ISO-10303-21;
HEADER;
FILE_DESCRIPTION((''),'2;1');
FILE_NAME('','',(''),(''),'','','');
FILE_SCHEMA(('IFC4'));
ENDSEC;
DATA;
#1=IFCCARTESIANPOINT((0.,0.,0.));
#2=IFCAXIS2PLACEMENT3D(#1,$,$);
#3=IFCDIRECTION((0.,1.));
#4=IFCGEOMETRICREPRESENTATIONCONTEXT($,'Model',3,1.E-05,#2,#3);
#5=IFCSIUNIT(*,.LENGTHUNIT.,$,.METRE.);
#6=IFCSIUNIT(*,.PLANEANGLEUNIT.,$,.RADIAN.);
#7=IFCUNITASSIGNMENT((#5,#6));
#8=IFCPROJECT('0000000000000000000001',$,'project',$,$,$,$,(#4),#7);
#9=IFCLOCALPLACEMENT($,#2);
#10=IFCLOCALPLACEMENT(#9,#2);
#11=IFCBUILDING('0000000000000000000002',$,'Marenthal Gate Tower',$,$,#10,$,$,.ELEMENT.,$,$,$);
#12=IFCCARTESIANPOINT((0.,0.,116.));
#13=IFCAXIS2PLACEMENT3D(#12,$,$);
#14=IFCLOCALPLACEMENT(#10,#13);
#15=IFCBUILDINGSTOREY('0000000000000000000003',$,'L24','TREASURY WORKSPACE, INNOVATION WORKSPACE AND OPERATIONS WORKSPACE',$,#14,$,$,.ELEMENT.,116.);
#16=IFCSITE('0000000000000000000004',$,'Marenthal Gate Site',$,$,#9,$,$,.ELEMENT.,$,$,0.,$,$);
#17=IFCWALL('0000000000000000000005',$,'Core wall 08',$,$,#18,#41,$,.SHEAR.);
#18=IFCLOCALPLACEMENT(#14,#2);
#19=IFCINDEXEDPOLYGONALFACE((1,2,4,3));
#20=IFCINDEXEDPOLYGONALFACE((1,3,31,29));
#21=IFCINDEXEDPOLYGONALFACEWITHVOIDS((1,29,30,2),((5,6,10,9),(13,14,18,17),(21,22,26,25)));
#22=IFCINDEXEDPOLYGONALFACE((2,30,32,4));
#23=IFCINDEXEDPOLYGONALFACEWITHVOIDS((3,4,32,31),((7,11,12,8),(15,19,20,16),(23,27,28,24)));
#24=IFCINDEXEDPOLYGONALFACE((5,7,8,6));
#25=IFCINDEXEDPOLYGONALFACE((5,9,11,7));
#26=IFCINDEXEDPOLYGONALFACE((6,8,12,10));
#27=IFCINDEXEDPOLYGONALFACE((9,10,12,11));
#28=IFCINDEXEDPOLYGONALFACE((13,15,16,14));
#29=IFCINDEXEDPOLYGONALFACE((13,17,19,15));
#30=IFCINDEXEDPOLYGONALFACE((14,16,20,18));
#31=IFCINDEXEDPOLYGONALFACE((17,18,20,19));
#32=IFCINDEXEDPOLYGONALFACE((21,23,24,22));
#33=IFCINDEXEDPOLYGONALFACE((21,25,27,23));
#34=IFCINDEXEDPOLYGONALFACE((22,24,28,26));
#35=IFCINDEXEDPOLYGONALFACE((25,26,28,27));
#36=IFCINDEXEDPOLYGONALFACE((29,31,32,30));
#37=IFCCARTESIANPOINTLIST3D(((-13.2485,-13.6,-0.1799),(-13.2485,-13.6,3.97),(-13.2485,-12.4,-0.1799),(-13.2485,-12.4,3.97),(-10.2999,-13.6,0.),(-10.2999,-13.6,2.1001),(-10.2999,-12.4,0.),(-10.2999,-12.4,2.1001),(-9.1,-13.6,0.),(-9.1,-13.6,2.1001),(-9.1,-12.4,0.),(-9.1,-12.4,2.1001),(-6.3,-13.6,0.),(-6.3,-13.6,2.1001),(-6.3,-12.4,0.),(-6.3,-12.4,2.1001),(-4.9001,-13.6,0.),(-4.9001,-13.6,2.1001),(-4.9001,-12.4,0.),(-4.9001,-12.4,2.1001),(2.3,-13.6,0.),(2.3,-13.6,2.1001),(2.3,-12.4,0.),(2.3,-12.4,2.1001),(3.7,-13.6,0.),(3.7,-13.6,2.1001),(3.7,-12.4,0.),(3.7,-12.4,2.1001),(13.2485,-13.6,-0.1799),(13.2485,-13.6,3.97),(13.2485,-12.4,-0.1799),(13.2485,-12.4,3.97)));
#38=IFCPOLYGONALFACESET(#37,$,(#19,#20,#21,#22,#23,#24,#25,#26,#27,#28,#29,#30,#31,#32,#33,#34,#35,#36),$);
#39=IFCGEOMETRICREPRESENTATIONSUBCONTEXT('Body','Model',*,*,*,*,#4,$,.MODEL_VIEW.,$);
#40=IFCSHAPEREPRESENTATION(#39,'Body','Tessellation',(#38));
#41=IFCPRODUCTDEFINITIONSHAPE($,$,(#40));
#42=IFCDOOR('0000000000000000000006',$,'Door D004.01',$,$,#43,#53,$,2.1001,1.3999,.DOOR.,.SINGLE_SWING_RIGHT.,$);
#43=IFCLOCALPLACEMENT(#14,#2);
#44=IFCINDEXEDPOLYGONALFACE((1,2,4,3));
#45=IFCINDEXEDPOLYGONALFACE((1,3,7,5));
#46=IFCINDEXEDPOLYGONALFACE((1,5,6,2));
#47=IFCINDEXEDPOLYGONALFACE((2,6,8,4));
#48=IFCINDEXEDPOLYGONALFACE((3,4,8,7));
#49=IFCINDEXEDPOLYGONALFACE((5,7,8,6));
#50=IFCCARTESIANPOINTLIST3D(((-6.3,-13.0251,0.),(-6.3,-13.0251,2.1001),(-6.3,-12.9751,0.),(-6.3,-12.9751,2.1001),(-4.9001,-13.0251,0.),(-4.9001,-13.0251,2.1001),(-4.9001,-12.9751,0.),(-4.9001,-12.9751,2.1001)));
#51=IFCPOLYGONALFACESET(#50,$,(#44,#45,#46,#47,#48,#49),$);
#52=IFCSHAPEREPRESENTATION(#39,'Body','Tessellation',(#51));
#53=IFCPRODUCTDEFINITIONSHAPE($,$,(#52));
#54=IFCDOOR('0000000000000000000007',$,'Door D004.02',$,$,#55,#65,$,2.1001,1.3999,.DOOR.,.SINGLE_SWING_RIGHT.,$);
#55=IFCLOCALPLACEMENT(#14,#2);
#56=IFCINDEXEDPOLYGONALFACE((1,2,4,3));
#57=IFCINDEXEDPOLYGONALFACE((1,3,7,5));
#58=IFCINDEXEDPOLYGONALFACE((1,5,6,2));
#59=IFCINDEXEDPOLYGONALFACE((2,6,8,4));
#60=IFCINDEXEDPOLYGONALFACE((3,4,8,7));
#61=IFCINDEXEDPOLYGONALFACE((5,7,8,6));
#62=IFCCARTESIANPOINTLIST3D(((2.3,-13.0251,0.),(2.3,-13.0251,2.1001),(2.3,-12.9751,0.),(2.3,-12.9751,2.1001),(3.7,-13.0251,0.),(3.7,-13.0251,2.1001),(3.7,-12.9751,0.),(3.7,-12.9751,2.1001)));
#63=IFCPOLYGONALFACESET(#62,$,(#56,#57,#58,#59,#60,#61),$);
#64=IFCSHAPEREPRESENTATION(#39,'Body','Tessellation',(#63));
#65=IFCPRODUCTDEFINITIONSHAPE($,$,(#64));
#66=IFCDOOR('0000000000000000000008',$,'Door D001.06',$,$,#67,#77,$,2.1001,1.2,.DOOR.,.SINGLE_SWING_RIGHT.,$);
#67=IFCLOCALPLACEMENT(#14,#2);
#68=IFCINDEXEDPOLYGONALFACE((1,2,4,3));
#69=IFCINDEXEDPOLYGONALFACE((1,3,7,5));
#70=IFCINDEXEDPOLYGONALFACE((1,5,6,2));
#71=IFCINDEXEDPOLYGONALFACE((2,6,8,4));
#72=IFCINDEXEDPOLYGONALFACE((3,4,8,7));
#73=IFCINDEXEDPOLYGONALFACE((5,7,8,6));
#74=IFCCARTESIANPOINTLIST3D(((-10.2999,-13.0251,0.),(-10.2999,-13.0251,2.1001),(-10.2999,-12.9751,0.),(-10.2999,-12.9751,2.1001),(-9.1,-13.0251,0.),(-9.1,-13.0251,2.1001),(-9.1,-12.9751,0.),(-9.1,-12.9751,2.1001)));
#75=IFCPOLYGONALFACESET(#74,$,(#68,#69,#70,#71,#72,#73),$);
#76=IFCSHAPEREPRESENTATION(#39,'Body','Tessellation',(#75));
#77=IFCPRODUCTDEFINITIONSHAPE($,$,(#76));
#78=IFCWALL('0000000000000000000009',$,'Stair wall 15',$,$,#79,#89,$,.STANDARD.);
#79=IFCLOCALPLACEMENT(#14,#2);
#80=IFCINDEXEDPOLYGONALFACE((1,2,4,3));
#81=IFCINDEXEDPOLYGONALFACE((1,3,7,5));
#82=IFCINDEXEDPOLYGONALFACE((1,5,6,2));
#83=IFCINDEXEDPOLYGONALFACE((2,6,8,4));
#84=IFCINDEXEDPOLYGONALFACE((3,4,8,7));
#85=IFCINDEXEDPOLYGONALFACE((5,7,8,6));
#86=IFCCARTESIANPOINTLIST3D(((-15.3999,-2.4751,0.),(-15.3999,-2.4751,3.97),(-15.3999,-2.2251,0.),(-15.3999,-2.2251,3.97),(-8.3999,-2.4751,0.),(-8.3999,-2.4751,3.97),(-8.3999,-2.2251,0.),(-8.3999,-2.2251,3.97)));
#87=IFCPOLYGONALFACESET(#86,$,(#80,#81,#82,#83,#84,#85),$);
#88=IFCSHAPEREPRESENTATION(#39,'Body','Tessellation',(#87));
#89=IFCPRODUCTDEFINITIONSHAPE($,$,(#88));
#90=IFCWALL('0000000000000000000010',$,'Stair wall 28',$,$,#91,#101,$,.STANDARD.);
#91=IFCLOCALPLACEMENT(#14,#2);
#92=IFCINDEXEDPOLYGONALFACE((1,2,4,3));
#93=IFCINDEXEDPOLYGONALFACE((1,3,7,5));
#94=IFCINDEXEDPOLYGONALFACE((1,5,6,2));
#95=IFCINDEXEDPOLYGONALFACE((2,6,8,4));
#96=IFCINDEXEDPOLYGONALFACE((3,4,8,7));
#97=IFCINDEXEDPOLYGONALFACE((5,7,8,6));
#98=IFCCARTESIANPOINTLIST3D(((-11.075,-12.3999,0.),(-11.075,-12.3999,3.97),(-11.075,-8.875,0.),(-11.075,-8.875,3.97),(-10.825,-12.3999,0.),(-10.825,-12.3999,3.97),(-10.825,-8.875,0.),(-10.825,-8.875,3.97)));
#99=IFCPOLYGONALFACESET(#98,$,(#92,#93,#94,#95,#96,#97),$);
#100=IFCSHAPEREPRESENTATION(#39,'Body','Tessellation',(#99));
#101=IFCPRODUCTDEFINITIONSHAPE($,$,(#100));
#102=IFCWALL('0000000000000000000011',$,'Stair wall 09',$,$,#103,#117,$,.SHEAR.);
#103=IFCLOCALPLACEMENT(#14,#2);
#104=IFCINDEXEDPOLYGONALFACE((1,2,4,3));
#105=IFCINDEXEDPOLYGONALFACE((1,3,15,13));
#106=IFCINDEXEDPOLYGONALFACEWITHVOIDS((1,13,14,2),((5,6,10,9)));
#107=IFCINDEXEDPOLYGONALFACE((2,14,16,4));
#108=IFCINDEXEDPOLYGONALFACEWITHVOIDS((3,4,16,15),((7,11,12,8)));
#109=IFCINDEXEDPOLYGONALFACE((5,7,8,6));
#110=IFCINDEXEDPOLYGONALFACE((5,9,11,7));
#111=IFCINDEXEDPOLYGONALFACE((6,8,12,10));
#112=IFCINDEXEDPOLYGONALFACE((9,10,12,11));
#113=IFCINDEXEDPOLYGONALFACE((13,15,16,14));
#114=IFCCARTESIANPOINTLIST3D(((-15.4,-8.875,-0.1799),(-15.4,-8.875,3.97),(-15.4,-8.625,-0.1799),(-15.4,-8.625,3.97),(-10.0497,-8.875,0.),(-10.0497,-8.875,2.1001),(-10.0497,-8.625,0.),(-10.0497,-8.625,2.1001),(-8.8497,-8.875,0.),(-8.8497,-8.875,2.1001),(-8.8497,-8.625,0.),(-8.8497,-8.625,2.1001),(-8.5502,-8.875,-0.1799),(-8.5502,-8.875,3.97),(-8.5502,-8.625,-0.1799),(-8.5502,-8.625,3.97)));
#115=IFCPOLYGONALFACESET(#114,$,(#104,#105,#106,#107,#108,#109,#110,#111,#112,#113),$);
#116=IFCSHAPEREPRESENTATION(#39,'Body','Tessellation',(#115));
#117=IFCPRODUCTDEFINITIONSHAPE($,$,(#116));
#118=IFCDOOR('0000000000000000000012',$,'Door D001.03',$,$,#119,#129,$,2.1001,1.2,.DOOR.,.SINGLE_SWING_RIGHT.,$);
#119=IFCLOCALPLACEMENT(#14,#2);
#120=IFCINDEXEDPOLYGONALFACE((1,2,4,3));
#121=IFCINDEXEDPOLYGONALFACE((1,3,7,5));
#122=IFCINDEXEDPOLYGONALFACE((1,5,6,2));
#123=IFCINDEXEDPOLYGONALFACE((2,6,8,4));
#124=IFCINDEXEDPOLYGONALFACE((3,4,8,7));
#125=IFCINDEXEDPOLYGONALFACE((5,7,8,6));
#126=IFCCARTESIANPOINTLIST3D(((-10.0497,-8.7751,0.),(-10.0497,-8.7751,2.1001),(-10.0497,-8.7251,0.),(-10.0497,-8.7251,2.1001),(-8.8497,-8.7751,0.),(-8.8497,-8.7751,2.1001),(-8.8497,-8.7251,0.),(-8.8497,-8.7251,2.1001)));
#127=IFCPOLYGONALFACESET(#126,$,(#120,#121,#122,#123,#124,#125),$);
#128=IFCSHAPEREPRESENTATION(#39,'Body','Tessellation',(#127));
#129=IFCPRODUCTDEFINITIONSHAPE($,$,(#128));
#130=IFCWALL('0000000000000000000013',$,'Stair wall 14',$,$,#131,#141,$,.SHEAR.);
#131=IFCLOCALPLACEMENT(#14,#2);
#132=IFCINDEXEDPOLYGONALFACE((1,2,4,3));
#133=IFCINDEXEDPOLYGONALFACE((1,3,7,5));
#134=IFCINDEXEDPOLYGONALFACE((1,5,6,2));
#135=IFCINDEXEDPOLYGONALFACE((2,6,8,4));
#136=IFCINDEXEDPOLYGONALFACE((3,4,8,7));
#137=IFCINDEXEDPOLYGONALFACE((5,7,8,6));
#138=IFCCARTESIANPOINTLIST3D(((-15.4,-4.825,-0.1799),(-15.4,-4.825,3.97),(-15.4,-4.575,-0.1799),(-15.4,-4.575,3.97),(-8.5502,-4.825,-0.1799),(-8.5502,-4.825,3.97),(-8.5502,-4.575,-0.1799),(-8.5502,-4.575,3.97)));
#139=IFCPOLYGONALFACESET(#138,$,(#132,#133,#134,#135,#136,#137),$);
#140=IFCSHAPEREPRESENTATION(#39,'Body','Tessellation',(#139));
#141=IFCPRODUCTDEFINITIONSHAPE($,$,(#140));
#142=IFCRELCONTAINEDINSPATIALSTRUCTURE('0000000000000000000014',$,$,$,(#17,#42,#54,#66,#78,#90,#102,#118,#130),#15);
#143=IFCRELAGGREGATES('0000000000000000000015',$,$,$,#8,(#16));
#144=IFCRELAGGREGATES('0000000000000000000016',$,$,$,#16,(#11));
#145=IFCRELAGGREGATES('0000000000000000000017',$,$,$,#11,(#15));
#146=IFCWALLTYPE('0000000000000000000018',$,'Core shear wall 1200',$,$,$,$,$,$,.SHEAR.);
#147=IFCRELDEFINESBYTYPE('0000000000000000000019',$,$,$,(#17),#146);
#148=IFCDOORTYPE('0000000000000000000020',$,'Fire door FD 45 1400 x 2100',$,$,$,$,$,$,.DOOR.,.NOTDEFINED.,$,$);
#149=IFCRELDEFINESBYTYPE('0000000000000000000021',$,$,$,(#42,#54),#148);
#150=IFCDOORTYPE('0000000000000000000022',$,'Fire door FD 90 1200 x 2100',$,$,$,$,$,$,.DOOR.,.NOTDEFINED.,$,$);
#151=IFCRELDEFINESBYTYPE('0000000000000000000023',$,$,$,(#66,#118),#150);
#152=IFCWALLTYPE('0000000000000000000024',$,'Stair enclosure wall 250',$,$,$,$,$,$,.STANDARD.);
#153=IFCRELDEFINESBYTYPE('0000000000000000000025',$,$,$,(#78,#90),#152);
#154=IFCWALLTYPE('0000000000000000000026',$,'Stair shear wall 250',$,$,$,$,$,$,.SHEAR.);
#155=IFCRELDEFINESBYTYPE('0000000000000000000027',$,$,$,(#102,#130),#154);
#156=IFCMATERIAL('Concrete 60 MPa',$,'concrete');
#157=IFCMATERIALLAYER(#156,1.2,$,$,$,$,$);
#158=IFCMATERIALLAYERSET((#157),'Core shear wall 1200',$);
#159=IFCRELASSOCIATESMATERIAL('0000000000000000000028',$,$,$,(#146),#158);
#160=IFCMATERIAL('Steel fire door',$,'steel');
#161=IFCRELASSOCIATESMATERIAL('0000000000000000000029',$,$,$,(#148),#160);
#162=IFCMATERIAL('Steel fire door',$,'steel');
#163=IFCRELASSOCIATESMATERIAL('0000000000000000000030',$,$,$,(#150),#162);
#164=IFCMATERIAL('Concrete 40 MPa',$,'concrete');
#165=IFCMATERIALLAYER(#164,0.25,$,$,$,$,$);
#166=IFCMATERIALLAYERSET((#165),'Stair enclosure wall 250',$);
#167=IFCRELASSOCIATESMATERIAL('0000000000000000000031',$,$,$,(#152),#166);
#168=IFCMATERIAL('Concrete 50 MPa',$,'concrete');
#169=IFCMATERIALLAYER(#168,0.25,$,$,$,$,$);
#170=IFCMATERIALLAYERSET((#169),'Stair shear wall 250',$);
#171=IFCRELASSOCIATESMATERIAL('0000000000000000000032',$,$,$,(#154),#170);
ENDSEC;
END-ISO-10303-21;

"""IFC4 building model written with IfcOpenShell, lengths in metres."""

from ifc_helpers import new_model, si_unit, direction, frame, frame_2d, origin, place, context, subcontext, project, spatial, rectangle, extrude, material, layer, layer_set, type_object, element, fill, save


model = new_model("IFC4")

# Units and contexts
model_context = context("Model", 3, precision=1e-05, world=origin(), true_north=direction((0.0, 1.0)))
body_context = subcontext(model_context, "Body", "Model", "MODEL_VIEW")
ifc_project = project(units=[si_unit("LENGTHUNIT", "METRE"), si_unit("PLANEANGLEUNIT", "RADIAN")], contexts=[model_context])

# Site, building, storey
site_placement = place(None, origin())
site = spatial("IfcSite", under=ifc_project, at=site_placement, Name="Marenthal Gate Site", CompositionType="ELEMENT", RefElevation=0.0)
building_placement = place(site_placement, origin())
building = spatial("IfcBuilding", under=site, at=building_placement, Name="Marenthal Gate Tower", CompositionType="ELEMENT")
storey_placement = place(building_placement, frame((0.0, 0.0, 116.0)))
storey = spatial("IfcBuildingStorey", under=building, at=storey_placement, Name="L24", Description="TREASURY WORKSPACE, INNOVATION WORKSPACE AND OPERATIONS WORKSPACE", CompositionType="ELEMENT", Elevation=116.0)

# Wall, openings, doors
ifc_material_1 = material(Name="Concrete 60 MPa", Category="concrete")
ifc_layer_1 = layer(ifc_material_1, 1.2)
ifc_layer_set_1 = layer_set([ifc_layer_1], Name="Core shear wall 1200")
wall_type_1 = type_object("IfcWallType", Name="Core shear wall 1200", PredefinedType="SHEAR", material=ifc_layer_set_1)
wall_1_placement = place(storey_placement, frame((-13.2485, -13.0, -0.1799), z_axis=(0.0, 0.0, 1.0), x_axis=(1.0, 0.0, 0.0)))
wall_1 = element("IfcWall", 1, at=wall_1_placement, inside=storey, type_object=wall_type_1, Name="Core wall 08", PredefinedType="SHEAR", context=body_context, shape_type="SweptSolid", body=[
    extrude(rectangle(XDim=26.4971, YDim=1.2, at=frame_2d((13.2485, 0.0))), origin(), (0.0, 0.0, 1.0), 4.1499),
])
opening_1_placement = place(wall_1_placement, frame((2.9485, 0.0, 0.1799)))
opening_1 = element("IfcOpeningElement", 2, at=opening_1_placement, cuts=wall_1, PredefinedType="OPENING", context=body_context, shape_type="SweptSolid", body=[
    extrude(rectangle(XDim=1.2, YDim=2.1001, at=frame_2d((0.6001, 1.05))), frame((0.0, 0.6099, 0.0), z_axis=(0.0, -1.0, 0.0), x_axis=(1.0, 0.0, 0.0)), (0.0, 0.0, 1.0), 1.22),
])
opening_2_placement = place(wall_1_placement, frame((6.9485, 0.0, 0.1799)))
opening_2 = element("IfcOpeningElement", 3, at=opening_2_placement, cuts=wall_1, PredefinedType="OPENING", context=body_context, shape_type="SweptSolid", body=[
    extrude(rectangle(XDim=1.3999, YDim=2.1001, at=frame_2d((0.7, 1.05))), frame((0.0, 0.6099, 0.0), z_axis=(0.0, -1.0, 0.0), x_axis=(1.0, 0.0, 0.0)), (0.0, 0.0, 1.0), 1.22),
])
opening_3_placement = place(wall_1_placement, frame((15.5486, 0.0, 0.1799)))
opening_3 = element("IfcOpeningElement", 4, at=opening_3_placement, cuts=wall_1, PredefinedType="OPENING", context=body_context, shape_type="SweptSolid", body=[
    extrude(rectangle(XDim=1.3999, YDim=2.1001, at=frame_2d((0.7, 1.05))), frame((0.0, 0.6099, 0.0), z_axis=(0.0, -1.0, 0.0), x_axis=(1.0, 0.0, 0.0)), (0.0, 0.0, 1.0), 1.22),
])
ifc_material_2 = material(Name="Steel fire door", Category="steel")
door_type_1 = type_object("IfcDoorType", Name="Fire door FD 45 1400 x 2100", OperationType="NOTDEFINED", PredefinedType="DOOR", material=ifc_material_2)
door_1_placement = place(opening_2_placement, origin())
door_1 = element("IfcDoor", 5, at=door_1_placement, inside=storey, type_object=door_type_1, Name="Door D004.01", OperationType="SINGLE_SWING_RIGHT", OverallHeight=2.1001, OverallWidth=1.3999, PredefinedType="DOOR", context=body_context, shape_type="SweptSolid", body=[
    extrude(rectangle(XDim=1.3999, YDim=2.1001, at=frame_2d((0.7, 1.05))), frame((0.0, 0.0249, 0.0), z_axis=(0.0, -1.0, 0.0), x_axis=(1.0, 0.0, 0.0)), (0.0, 0.0, 1.0), 0.05),
])
fill(opening_2, door_1)
door_2_placement = place(opening_3_placement, origin())
door_2 = element("IfcDoor", 6, at=door_2_placement, inside=storey, type_object=door_type_1, Name="Door D004.02", OperationType="SINGLE_SWING_RIGHT", OverallHeight=2.1001, OverallWidth=1.3999, PredefinedType="DOOR", context=body_context, shape_type="SweptSolid", body=[
    extrude(rectangle(XDim=1.3999, YDim=2.1001, at=frame_2d((0.7, 1.05))), frame((0.0, 0.0249, 0.0), z_axis=(0.0, -1.0, 0.0), x_axis=(1.0, 0.0, 0.0)), (0.0, 0.0, 1.0), 0.05),
])
fill(opening_3, door_2)
ifc_material_3 = material(Name="Steel fire door", Category="steel")
door_type_2 = type_object("IfcDoorType", Name="Fire door FD 90 1200 x 2100", OperationType="NOTDEFINED", PredefinedType="DOOR", material=ifc_material_3)
door_3_placement = place(opening_1_placement, origin())
door_3 = element("IfcDoor", 7, at=door_3_placement, inside=storey, type_object=door_type_2, Name="Door D001.06", OperationType="SINGLE_SWING_RIGHT", OverallHeight=2.1001, OverallWidth=1.2, PredefinedType="DOOR", context=body_context, shape_type="SweptSolid", body=[
    extrude(rectangle(XDim=1.2, YDim=2.1001, at=frame_2d((0.6001, 1.05))), frame((0.0, 0.0249, 0.0), z_axis=(0.0, -1.0, 0.0), x_axis=(1.0, 0.0, 0.0)), (0.0, 0.0, 1.0), 0.05),
])
fill(opening_1, door_3)

# Walls
ifc_material_4 = material(Name="Concrete 40 MPa", Category="concrete")
ifc_layer_2 = layer(ifc_material_4, 0.25)
ifc_layer_set_2 = layer_set([ifc_layer_2], Name="Stair enclosure wall 250")
wall_type_2 = type_object("IfcWallType", Name="Stair enclosure wall 250", PredefinedType="STANDARD", material=ifc_layer_set_2)
wall_2_placement = place(storey_placement, frame((-15.3999, -2.3501, 0.0), z_axis=(0.0, 0.0, 1.0), x_axis=(1.0, 0.0, 0.0)))
element("IfcWall", 8, at=wall_2_placement, inside=storey, type_object=wall_type_2, Name="Stair wall 15", PredefinedType="STANDARD", context=body_context, shape_type="SweptSolid", body=[
    extrude(rectangle(XDim=7.0, YDim=0.25, at=frame_2d((3.5, 0.0))), origin(), (0.0, 0.0, 1.0), 3.97),
])
wall_3_placement = place(storey_placement, frame((-10.95, -12.3999, 0.0), z_axis=(0.0, 0.0, 1.0), x_axis=(0.0, 1.0, 0.0)))
element("IfcWall", 9, at=wall_3_placement, inside=storey, type_object=wall_type_2, Name="Stair wall 28", PredefinedType="STANDARD", context=body_context, shape_type="SweptSolid", body=[
    extrude(rectangle(XDim=3.5249, YDim=0.25, at=frame_2d((1.7625, 0.0))), origin(), (0.0, 0.0, 1.0), 3.97),
])

# Wall, opening, door
ifc_material_5 = material(Name="Concrete 50 MPa", Category="concrete")
ifc_layer_3 = layer(ifc_material_5, 0.25)
ifc_layer_set_3 = layer_set([ifc_layer_3], Name="Stair shear wall 250")
wall_type_3 = type_object("IfcWallType", Name="Stair shear wall 250", PredefinedType="SHEAR", material=ifc_layer_set_3)
wall_4_placement = place(storey_placement, frame((-15.3999, -8.75, -0.1799), z_axis=(0.0, 0.0, 1.0), x_axis=(1.0, 0.0, 0.0)))
wall_4 = element("IfcWall", 10, at=wall_4_placement, inside=storey, type_object=wall_type_3, Name="Stair wall 09", PredefinedType="SHEAR", context=body_context, shape_type="SweptSolid", body=[
    extrude(rectangle(XDim=6.8499, YDim=0.25, at=frame_2d((3.4248, 0.0))), origin(), (0.0, 0.0, 1.0), 4.1499),
])
opening_4_placement = place(wall_4_placement, frame((5.3501, 0.0, 0.1799)))
opening_4 = element("IfcOpeningElement", 11, at=opening_4_placement, cuts=wall_4, PredefinedType="OPENING", context=body_context, shape_type="SweptSolid", body=[
    extrude(rectangle(XDim=1.2, YDim=2.1001, at=frame_2d((0.6001, 1.05))), frame((0.0, 0.135, 0.0), z_axis=(0.0, -1.0, 0.0), x_axis=(1.0, 0.0, 0.0)), (0.0, 0.0, 1.0), 0.27),
])
door_4_placement = place(opening_4_placement, origin())
door_4 = element("IfcDoor", 12, at=door_4_placement, inside=storey, type_object=door_type_2, Name="Door D001.03", OperationType="SINGLE_SWING_RIGHT", OverallHeight=2.1001, OverallWidth=1.2, PredefinedType="DOOR", context=body_context, shape_type="SweptSolid", body=[
    extrude(rectangle(XDim=1.2, YDim=2.1001, at=frame_2d((0.6001, 1.05))), frame((0.0, 0.0249, 0.0), z_axis=(0.0, -1.0, 0.0), x_axis=(1.0, 0.0, 0.0)), (0.0, 0.0, 1.0), 0.05),
])
fill(opening_4, door_4)

# Wall
wall_5_placement = place(storey_placement, frame((-15.3999, -4.7, -0.1799), z_axis=(0.0, 0.0, 1.0), x_axis=(1.0, 0.0, 0.0)))
element("IfcWall", 13, at=wall_5_placement, inside=storey, type_object=wall_type_3, Name="Stair wall 14", PredefinedType="SHEAR", context=body_context, shape_type="SweptSolid", body=[
    extrude(rectangle(XDim=6.8499, YDim=0.25, at=frame_2d((3.4248, 0.0))), origin(), (0.0, 0.0, 1.0), 4.1499),
])

save(model, "model.ifc")
